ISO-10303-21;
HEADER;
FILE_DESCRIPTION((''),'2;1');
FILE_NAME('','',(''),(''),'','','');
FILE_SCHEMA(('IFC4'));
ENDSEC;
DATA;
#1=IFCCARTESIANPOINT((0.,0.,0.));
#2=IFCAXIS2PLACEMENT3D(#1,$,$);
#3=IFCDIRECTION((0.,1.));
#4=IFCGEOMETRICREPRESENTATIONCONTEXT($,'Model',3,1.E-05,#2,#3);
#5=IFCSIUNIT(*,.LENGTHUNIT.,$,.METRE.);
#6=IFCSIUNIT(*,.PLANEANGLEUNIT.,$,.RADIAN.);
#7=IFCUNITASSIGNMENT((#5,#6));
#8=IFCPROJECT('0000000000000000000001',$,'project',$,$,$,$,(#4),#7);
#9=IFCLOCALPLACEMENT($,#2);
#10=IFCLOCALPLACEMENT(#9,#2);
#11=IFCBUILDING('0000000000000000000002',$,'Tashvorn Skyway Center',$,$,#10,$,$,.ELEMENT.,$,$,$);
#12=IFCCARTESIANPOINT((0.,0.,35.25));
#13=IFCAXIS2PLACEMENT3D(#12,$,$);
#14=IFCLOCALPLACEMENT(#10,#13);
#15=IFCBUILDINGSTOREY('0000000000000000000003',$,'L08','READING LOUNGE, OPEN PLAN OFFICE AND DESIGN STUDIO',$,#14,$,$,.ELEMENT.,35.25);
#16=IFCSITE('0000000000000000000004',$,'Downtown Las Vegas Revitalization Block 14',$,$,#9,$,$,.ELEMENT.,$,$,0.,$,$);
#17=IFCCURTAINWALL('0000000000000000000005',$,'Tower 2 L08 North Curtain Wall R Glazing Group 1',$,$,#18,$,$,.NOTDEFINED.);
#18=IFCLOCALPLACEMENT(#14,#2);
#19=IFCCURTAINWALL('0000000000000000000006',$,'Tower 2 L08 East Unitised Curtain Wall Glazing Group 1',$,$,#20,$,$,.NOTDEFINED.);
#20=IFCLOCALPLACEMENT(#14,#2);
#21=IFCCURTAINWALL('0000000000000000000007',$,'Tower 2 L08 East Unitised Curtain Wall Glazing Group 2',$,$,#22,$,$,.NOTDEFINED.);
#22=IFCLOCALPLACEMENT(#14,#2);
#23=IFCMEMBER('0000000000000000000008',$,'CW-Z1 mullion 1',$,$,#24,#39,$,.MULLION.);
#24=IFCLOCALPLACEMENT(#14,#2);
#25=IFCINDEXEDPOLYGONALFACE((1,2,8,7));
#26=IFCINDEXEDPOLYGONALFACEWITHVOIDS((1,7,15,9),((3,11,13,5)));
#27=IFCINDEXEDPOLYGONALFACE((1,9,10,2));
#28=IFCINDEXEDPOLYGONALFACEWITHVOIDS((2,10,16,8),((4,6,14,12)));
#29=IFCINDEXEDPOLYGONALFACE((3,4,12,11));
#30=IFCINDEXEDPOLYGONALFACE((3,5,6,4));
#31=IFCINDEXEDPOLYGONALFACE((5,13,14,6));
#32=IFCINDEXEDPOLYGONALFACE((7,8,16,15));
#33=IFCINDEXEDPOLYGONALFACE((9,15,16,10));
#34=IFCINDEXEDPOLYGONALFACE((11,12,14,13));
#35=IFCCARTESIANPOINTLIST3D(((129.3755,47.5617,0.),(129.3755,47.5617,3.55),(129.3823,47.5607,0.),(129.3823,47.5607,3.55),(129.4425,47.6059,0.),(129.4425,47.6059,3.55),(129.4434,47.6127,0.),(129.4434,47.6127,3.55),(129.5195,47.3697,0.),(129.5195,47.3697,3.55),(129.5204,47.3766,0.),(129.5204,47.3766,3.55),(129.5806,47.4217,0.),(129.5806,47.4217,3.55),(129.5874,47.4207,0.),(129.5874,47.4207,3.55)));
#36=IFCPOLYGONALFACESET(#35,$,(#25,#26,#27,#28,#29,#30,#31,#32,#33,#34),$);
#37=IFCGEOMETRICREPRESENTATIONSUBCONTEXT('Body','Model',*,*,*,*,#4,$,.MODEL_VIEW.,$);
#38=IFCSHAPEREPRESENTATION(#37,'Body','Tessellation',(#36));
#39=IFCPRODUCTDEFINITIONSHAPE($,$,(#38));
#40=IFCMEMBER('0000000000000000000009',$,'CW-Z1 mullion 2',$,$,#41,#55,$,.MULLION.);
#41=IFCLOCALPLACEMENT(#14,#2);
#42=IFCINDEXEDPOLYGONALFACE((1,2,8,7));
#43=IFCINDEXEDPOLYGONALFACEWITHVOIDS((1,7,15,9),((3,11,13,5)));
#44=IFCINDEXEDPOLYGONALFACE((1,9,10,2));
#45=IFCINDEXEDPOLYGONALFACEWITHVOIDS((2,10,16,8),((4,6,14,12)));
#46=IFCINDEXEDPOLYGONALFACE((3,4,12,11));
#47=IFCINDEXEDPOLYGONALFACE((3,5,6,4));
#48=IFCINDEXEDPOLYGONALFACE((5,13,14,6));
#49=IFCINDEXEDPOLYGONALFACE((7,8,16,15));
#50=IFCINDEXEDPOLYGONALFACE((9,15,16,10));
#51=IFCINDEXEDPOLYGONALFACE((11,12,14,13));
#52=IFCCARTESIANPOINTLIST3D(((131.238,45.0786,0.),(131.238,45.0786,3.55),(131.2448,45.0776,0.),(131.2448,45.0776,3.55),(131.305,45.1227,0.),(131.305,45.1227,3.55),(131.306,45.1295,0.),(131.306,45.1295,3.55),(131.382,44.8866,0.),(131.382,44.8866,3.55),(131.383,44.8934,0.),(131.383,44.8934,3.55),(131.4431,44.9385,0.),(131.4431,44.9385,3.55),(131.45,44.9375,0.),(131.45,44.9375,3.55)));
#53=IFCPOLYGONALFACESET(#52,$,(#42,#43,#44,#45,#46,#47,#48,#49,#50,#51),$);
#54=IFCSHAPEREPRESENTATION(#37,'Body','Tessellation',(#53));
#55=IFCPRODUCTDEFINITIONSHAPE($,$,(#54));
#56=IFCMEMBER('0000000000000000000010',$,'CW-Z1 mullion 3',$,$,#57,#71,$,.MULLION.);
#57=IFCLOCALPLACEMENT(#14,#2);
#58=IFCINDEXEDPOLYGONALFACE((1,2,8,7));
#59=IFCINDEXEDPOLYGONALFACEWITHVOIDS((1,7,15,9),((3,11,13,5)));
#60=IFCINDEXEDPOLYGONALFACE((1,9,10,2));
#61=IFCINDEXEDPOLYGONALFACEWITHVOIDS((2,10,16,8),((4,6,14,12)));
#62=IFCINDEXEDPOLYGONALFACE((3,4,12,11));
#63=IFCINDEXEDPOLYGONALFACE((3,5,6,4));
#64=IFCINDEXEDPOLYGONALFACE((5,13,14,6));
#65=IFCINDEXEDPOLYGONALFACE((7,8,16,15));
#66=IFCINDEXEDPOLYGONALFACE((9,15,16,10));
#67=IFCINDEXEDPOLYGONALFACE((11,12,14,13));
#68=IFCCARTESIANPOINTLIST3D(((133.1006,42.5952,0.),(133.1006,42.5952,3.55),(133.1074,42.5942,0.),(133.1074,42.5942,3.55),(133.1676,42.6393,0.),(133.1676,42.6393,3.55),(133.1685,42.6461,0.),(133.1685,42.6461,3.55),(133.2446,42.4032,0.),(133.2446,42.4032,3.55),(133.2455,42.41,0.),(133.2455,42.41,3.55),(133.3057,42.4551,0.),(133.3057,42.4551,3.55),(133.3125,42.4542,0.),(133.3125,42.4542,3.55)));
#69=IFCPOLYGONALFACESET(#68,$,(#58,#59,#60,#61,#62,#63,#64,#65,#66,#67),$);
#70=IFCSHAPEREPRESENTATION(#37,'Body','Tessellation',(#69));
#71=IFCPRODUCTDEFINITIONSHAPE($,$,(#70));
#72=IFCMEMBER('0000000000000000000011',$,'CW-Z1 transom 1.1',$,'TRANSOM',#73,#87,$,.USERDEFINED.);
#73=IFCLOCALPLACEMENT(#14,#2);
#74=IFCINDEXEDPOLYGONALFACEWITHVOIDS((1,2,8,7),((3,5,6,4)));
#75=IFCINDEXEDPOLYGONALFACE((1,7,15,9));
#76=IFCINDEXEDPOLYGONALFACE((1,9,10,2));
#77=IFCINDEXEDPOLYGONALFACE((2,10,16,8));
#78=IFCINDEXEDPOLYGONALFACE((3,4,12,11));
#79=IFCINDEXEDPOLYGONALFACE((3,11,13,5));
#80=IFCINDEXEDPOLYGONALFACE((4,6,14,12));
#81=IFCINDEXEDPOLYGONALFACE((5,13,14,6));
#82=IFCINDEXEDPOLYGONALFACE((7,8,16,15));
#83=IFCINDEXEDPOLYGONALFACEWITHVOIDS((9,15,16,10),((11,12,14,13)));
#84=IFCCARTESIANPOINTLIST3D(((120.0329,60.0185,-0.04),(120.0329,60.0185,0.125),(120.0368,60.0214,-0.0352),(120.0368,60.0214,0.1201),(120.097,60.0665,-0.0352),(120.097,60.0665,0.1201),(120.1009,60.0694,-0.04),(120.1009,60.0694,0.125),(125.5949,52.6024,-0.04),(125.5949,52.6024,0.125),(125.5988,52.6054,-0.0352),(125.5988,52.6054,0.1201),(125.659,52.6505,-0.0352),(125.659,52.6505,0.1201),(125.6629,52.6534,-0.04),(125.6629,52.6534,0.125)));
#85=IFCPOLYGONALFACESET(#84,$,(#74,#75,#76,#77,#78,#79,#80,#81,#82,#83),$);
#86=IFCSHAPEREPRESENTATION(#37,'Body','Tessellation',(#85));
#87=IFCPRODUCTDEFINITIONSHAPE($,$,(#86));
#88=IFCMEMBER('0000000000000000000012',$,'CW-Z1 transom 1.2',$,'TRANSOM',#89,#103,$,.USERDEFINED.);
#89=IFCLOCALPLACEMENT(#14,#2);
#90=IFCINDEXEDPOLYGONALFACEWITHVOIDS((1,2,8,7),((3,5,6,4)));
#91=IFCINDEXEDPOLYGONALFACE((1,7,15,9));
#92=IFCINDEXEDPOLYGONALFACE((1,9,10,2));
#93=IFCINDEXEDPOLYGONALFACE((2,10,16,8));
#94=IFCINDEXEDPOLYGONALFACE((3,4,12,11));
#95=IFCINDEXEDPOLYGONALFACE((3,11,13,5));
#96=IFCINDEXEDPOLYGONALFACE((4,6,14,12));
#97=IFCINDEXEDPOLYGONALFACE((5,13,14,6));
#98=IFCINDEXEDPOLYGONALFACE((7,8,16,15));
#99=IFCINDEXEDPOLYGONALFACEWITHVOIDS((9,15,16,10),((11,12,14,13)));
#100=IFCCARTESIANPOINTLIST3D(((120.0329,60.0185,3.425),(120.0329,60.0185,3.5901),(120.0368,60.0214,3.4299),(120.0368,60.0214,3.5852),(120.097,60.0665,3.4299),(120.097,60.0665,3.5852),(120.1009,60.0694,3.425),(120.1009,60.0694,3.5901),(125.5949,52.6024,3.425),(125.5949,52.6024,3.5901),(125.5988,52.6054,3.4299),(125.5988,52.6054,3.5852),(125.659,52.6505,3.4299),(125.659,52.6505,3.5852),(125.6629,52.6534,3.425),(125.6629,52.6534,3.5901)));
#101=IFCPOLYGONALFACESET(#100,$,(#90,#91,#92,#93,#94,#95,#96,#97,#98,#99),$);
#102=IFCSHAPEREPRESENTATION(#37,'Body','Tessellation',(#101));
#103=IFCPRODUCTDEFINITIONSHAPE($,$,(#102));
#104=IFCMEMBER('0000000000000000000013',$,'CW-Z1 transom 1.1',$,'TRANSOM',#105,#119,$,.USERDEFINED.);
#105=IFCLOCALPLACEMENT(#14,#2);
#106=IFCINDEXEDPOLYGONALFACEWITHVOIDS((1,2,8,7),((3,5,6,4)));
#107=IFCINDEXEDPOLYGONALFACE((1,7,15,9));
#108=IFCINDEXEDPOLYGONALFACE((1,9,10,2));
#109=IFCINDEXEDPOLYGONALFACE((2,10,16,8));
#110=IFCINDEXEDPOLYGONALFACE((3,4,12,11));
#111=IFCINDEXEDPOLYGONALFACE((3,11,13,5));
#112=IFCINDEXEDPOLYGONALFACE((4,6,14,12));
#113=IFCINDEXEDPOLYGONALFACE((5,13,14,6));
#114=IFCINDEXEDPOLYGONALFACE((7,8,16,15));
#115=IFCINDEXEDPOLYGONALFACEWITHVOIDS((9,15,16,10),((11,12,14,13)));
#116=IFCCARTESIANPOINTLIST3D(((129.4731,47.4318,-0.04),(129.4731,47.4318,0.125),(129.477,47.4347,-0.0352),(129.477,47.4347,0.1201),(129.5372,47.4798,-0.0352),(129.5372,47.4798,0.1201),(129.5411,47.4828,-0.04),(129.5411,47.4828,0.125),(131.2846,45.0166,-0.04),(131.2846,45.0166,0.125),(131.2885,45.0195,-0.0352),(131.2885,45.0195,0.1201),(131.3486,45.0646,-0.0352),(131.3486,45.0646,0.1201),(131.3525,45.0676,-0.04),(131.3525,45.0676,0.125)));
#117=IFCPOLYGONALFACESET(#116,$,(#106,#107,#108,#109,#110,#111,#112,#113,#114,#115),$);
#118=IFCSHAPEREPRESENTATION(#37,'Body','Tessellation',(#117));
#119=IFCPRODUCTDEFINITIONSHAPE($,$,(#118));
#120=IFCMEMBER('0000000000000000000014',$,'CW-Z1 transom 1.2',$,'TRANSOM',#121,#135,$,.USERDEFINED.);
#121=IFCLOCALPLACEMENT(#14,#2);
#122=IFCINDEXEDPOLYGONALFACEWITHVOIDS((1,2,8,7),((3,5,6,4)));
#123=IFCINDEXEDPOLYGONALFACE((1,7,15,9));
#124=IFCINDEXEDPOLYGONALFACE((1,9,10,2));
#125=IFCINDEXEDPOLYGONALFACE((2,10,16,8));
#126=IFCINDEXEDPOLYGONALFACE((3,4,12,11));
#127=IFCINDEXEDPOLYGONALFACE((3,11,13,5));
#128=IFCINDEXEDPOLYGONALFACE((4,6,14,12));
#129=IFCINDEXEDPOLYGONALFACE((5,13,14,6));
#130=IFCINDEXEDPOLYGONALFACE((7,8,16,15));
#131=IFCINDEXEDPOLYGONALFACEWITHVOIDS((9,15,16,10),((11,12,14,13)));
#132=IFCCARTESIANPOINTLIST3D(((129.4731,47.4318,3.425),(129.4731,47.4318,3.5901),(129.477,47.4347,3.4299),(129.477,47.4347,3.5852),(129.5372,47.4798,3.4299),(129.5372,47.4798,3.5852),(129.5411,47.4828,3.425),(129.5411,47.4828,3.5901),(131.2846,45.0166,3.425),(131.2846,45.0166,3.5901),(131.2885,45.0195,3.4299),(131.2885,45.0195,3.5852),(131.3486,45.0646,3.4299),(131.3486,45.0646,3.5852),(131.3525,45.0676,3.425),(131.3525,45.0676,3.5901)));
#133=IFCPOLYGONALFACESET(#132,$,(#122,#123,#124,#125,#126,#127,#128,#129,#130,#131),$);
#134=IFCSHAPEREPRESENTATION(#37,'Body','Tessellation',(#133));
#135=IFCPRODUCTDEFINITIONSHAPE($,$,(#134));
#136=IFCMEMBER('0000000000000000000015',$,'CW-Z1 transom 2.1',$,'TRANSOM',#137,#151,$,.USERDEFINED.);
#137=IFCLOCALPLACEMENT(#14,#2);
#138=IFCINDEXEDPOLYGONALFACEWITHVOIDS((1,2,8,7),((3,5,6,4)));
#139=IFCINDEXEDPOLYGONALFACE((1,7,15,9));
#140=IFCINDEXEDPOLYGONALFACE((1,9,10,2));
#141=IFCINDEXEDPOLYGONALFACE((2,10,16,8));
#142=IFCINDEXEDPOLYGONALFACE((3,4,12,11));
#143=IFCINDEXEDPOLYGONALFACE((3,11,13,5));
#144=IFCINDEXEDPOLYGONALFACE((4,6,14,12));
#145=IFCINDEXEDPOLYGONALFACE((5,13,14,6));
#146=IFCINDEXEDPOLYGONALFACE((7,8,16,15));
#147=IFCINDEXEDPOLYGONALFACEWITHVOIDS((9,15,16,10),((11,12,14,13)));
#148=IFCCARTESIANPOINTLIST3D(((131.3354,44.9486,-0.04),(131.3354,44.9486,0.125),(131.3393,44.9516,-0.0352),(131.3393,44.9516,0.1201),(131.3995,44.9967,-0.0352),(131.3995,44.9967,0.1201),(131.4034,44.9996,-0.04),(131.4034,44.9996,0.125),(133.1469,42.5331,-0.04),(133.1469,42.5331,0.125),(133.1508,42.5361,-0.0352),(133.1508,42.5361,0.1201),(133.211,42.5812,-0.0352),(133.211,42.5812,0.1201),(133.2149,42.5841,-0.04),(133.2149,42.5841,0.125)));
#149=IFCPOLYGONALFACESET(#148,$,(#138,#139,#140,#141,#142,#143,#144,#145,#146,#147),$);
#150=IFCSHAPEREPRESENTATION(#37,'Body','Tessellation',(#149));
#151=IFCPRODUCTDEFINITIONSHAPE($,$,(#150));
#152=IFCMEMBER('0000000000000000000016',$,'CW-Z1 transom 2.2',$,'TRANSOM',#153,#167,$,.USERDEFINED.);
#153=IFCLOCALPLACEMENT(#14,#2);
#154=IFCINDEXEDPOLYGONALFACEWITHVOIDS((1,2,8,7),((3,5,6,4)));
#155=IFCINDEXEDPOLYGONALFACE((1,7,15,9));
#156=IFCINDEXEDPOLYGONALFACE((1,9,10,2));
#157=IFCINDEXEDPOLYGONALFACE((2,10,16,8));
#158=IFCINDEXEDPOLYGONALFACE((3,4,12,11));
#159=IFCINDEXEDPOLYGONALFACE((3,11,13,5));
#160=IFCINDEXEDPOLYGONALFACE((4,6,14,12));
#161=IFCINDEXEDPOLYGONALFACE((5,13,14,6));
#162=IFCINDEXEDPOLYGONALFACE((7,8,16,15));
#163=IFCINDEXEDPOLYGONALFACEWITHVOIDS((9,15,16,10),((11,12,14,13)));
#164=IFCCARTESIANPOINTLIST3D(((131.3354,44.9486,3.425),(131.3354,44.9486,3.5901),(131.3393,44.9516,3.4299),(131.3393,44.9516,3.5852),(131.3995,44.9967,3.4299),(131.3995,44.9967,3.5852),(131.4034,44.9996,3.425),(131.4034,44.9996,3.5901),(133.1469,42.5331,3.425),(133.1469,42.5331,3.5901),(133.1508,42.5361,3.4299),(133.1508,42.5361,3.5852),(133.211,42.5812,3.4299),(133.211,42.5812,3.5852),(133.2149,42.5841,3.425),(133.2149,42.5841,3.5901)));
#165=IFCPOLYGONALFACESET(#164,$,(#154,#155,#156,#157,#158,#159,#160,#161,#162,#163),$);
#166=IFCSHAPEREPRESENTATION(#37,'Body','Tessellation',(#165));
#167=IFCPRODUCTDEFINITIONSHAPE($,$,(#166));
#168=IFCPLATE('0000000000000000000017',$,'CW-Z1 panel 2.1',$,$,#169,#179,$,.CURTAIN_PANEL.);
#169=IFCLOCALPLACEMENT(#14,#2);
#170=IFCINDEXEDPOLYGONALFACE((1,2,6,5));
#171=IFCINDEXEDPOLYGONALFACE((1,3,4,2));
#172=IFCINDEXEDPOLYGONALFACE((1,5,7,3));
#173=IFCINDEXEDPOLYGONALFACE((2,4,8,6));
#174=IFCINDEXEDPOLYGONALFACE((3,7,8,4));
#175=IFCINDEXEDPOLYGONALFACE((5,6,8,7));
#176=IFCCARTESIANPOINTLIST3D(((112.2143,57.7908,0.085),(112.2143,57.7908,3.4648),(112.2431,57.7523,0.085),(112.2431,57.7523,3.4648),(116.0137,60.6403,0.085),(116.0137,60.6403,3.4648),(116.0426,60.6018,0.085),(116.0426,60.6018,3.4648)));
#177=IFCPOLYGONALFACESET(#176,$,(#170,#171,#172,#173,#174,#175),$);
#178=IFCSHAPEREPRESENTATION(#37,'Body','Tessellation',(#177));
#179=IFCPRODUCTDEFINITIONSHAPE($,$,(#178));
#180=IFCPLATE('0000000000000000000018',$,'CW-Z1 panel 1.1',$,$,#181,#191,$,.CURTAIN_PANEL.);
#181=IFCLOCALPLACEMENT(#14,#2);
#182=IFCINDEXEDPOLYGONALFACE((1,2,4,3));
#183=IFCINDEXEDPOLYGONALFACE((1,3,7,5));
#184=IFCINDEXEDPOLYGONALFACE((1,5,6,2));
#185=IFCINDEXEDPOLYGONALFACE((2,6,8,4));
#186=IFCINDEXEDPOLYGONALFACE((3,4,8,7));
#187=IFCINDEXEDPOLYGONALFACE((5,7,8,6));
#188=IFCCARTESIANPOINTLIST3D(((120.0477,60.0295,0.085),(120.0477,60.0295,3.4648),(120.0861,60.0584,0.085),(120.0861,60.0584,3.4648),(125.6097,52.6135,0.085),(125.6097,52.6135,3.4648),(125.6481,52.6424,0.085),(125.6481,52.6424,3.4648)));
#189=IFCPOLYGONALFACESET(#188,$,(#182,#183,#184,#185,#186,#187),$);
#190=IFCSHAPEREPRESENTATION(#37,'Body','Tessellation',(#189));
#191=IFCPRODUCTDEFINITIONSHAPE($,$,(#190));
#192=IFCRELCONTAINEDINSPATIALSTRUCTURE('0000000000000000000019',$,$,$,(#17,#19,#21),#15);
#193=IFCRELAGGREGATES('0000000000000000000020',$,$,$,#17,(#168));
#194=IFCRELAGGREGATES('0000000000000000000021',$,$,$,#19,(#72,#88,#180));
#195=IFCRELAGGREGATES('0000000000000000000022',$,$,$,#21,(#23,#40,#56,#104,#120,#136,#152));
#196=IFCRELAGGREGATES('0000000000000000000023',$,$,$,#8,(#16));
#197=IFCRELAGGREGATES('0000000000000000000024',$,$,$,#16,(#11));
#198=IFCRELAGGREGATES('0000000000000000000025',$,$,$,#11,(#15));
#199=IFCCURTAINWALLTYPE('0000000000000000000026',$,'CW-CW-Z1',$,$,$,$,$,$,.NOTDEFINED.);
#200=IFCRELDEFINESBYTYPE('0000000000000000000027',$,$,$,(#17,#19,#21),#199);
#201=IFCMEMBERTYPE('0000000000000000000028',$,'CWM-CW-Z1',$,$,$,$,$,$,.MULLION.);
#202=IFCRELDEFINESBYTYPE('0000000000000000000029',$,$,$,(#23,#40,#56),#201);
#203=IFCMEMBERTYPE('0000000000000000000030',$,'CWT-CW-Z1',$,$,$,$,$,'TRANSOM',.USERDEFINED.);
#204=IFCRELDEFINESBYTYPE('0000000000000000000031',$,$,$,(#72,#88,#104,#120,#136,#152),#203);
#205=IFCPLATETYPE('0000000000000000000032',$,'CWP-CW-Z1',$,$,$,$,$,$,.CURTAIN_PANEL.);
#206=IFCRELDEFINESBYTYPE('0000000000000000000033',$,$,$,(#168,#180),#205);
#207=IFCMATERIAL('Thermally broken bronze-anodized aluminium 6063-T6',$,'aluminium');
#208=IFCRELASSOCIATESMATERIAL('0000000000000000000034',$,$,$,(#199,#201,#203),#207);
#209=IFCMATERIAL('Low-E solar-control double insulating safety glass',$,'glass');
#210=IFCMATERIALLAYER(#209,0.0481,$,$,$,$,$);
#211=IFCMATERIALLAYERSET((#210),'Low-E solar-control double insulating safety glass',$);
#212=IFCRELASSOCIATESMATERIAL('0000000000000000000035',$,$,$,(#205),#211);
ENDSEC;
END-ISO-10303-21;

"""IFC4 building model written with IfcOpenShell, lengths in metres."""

from ifc_helpers import new_model, si_unit, direction, frame, origin, origin_2d, place, context, subcontext, project, spatial, rectangle, hollow_rectangle, extrude, material, layer, layer_set, material_profile, profile_set, type_object, element, aggregate, save


model = new_model("IFC4")

# Units and contexts
model_context = context("Model", 3, precision=1e-05, world=origin(), true_north=direction((0.0, 1.0)))
body_context = subcontext(model_context, "Body", "Model", "MODEL_VIEW")
ifc_project = project(units=[si_unit("LENGTHUNIT", "METRE"), si_unit("PLANEANGLEUNIT", "RADIAN")], contexts=[model_context])

# Site, building, storey
site_placement = place(None, origin())
site = spatial("IfcSite", under=ifc_project, at=site_placement, Name="Downtown Las Vegas Revitalization Block 14", CompositionType="ELEMENT", RefElevation=0.0)
building_placement = place(site_placement, origin())
building = spatial("IfcBuilding", under=site, at=building_placement, Name="Tashvorn Skyway Center", CompositionType="ELEMENT")
storey_placement = place(building_placement, frame((0.0, 0.0, 35.25)))
storey = spatial("IfcBuildingStorey", under=building, at=storey_placement, Name="L08", Description="READING LOUNGE, OPEN PLAN OFFICE AND DESIGN STUDIO", CompositionType="ELEMENT", Elevation=35.25)

# Curtain wall
ifc_material_1 = material(Name="Thermally broken bronze-anodized aluminium 6063-T6", Category="aluminium")
curtain_wall_type = type_object("IfcCurtainWallType", Name="CW-CW-Z1", PredefinedType="NOTDEFINED", material=ifc_material_1)
curtain_wall_1_placement = place(storey_placement, origin())
curtain_wall_1 = element("IfcCurtainWall", 1, at=curtain_wall_1_placement, inside=storey, type_object=curtain_wall_type, Name="Tower 2 L08 North Curtain Wall R Glazing Group 1", PredefinedType="NOTDEFINED")
ifc_material_profile_1 = material_profile(ifc_material_1, hollow_rectangle(XDim=0.085, YDim=0.24, WallThickness=0.0049, at=origin_2d()), Name="ALU-MULL-85x240")
ifc_profile_set_1 = profile_set([ifc_material_profile_1], Name="Thermally broken bronze-anodized aluminium 6063-T6")
member_type_1 = type_object("IfcMemberType", Name="CWM-CW-Z1", PredefinedType="MULLION", material=ifc_profile_set_1)

# Curtain walls, members
curtain_wall_2_placement = place(storey_placement, origin())
curtain_wall_2 = element("IfcCurtainWall", 2, at=curtain_wall_2_placement, inside=storey, type_object=curtain_wall_type, Name="Tower 2 L08 East Unitised Curtain Wall Glazing Group 1", PredefinedType="NOTDEFINED")
curtain_wall_3_placement = place(storey_placement, origin())
curtain_wall_3 = element("IfcCurtainWall", 3, at=curtain_wall_3_placement, inside=storey, type_object=curtain_wall_type, Name="Tower 2 L08 East Unitised Curtain Wall Glazing Group 2", PredefinedType="NOTDEFINED")
member_1_placement = place(storey_placement, frame((129.4814, 47.4912, 0.0), z_axis=(0.0, 0.0, 1.0), x_axis=(0.799996, 0.600005, 0.0)))
member_1 = element("IfcMember", 4, at=member_1_placement, type_object=member_type_1, Name="CW-Z1 mullion 1", PredefinedType="MULLION", context=body_context, shape_type="SweptSolid", body=[
    extrude(hollow_rectangle(XDim=0.085, YDim=0.24, WallThickness=0.0049, at=origin_2d()), origin(), (0.0, 0.0, 1.0), 3.55),
])
member_2_placement = place(storey_placement, frame((131.344, 45.0081, 0.0), z_axis=(0.0, 0.0, 1.0), x_axis=(0.799996, 0.600005, 0.0)))
member_2 = element("IfcMember", 5, at=member_2_placement, type_object=member_type_1, Name="CW-Z1 mullion 2", PredefinedType="MULLION", context=body_context, shape_type="SweptSolid", body=[
    extrude(hollow_rectangle(XDim=0.085, YDim=0.24, WallThickness=0.0049, at=origin_2d()), origin(), (0.0, 0.0, 1.0), 3.55),
])
member_3_placement = place(storey_placement, frame((133.2065, 42.5247, 0.0), z_axis=(0.0, 0.0, 1.0), x_axis=(0.799996, 0.600005, 0.0)))
member_3 = element("IfcMember", 6, at=member_3_placement, type_object=member_type_1, Name="CW-Z1 mullion 3", PredefinedType="MULLION", context=body_context, shape_type="SweptSolid", body=[
    extrude(hollow_rectangle(XDim=0.085, YDim=0.24, WallThickness=0.0049, at=origin_2d()), origin(), (0.0, 0.0, 1.0), 3.55),
])

# Members
ifc_material_profile_2 = material_profile(ifc_material_1, hollow_rectangle(XDim=0.085, YDim=0.165, WallThickness=0.0049, at=origin_2d()), Name="ALU-TRAN-85x165")
ifc_profile_set_2 = profile_set([ifc_material_profile_2], Name="Thermally broken bronze-anodized aluminium 6063-T6")
member_type_2 = type_object("IfcMemberType", Name="CWT-CW-Z1", ElementType="TRANSOM", PredefinedType="USERDEFINED", material=ifc_profile_set_2)
member_4_placement = place(storey_placement, frame((120.0669, 60.0439, 0.0425), z_axis=(0.6, -0.8, 0.0), x_axis=(0.8, 0.6, 0.0)))
member_4 = element("IfcMember", 7, at=member_4_placement, type_object=member_type_2, Name="CW-Z1 transom 1.1", ObjectType="TRANSOM", PredefinedType="USERDEFINED", context=body_context, shape_type="SweptSolid", body=[
    extrude(hollow_rectangle(XDim=0.085, YDim=0.165, WallThickness=0.0049, at=origin_2d()), origin(), (0.0, 0.0, 1.0), 9.27),
])
member_5_placement = place(storey_placement, frame((120.0669, 60.0439, 3.5076), z_axis=(0.6, -0.8, 0.0), x_axis=(0.8, 0.6, 0.0)))
member_5 = element("IfcMember", 8, at=member_5_placement, type_object=member_type_2, Name="CW-Z1 transom 1.2", ObjectType="TRANSOM", PredefinedType="USERDEFINED", context=body_context, shape_type="SweptSolid", body=[
    extrude(hollow_rectangle(XDim=0.085, YDim=0.165, WallThickness=0.0049, at=origin_2d()), origin(), (0.0, 0.0, 1.0), 9.27),
])
member_6_placement = place(storey_placement, frame((129.5071, 47.4573, 0.0425), z_axis=(0.600013, -0.79999, 0.0), x_axis=(0.79999, 0.600013, 0.0)))
member_6 = element("IfcMember", 9, at=member_6_placement, type_object=member_type_2, Name="CW-Z1 transom 1.1", ObjectType="TRANSOM", PredefinedType="USERDEFINED", context=body_context, shape_type="SweptSolid", body=[
    extrude(hollow_rectangle(XDim=0.085, YDim=0.165, WallThickness=0.0049, at=origin_2d()), origin(), (0.0, 0.0, 1.0), 3.019),
])
member_7_placement = place(storey_placement, frame((129.5071, 47.4573, 3.5076), z_axis=(0.600013, -0.79999, 0.0), x_axis=(0.79999, 0.600013, 0.0)))
member_7 = element("IfcMember", 10, at=member_7_placement, type_object=member_type_2, Name="CW-Z1 transom 1.2", ObjectType="TRANSOM", PredefinedType="USERDEFINED", context=body_context, shape_type="SweptSolid", body=[
    extrude(hollow_rectangle(XDim=0.085, YDim=0.165, WallThickness=0.0049, at=origin_2d()), origin(), (0.0, 0.0, 1.0), 3.019),
])
member_8_placement = place(storey_placement, frame((131.3694, 44.9741, 0.0425), z_axis=(0.599974, -0.800019, 0.0), x_axis=(0.800019, 0.599974, 0.0)))
member_8 = element("IfcMember", 11, at=member_8_placement, type_object=member_type_2, Name="CW-Z1 transom 2.1", ObjectType="TRANSOM", PredefinedType="USERDEFINED", context=body_context, shape_type="SweptSolid", body=[
    extrude(hollow_rectangle(XDim=0.085, YDim=0.165, WallThickness=0.0049, at=origin_2d()), origin(), (0.0, 0.0, 1.0), 3.0193),
])
member_9_placement = place(storey_placement, frame((131.3694, 44.9741, 3.5076), z_axis=(0.599974, -0.800019, 0.0), x_axis=(0.800019, 0.599974, 0.0)))
member_9 = element("IfcMember", 12, at=member_9_placement, type_object=member_type_2, Name="CW-Z1 transom 2.2", ObjectType="TRANSOM", PredefinedType="USERDEFINED", context=body_context, shape_type="SweptSolid", body=[
    extrude(hollow_rectangle(XDim=0.085, YDim=0.165, WallThickness=0.0049, at=origin_2d()), origin(), (0.0, 0.0, 1.0), 3.0193),
])

# Plates
ifc_material_2 = material(Name="Low-E solar-control double insulating safety glass", Category="glass")
ifc_layer_1 = layer(ifc_material_2, 0.0481)
ifc_layer_set_1 = layer_set([ifc_layer_1], Name="Low-E solar-control double insulating safety glass")
plate_type = type_object("IfcPlateType", Name="CWP-CW-Z1", PredefinedType="CURTAIN_PANEL", material=ifc_layer_set_1)
plate_1_placement = place(storey_placement, frame((114.1284, 59.1963, 0.085), z_axis=(0.0, 0.0, 1.0), x_axis=(0.800001, 0.599998, 0.0)))
plate_1 = element("IfcPlate", 13, at=plate_1_placement, type_object=plate_type, Name="CW-Z1 panel 2.1", PredefinedType="CURTAIN_PANEL", context=body_context, shape_type="SweptSolid", body=[
    extrude(rectangle(XDim=4.7493, YDim=0.0481, at=origin_2d()), origin(), (0.0, 0.0, 1.0), 3.3799),
])
aggregate(curtain_wall_1, [plate_1])
plate_2_placement = place(storey_placement, frame((122.8479, 56.3359, 0.085), z_axis=(0.0, 0.0, 1.0), x_axis=(0.6, -0.8, 0.0)))
plate_2 = element("IfcPlate", 14, at=plate_2_placement, type_object=plate_type, Name="CW-Z1 panel 1.1", PredefinedType="CURTAIN_PANEL", context=body_context, shape_type="SweptSolid", body=[
    extrude(rectangle(XDim=9.27, YDim=0.0481, at=origin_2d()), origin(), (0.0, 0.0, 1.0), 3.3799),
])
aggregate(curtain_wall_2, [member_4, member_5, plate_2])
aggregate(curtain_wall_3, [member_1, member_2, member_3, member_6, member_7, member_8, member_9])

save(model, "model.ifc")
